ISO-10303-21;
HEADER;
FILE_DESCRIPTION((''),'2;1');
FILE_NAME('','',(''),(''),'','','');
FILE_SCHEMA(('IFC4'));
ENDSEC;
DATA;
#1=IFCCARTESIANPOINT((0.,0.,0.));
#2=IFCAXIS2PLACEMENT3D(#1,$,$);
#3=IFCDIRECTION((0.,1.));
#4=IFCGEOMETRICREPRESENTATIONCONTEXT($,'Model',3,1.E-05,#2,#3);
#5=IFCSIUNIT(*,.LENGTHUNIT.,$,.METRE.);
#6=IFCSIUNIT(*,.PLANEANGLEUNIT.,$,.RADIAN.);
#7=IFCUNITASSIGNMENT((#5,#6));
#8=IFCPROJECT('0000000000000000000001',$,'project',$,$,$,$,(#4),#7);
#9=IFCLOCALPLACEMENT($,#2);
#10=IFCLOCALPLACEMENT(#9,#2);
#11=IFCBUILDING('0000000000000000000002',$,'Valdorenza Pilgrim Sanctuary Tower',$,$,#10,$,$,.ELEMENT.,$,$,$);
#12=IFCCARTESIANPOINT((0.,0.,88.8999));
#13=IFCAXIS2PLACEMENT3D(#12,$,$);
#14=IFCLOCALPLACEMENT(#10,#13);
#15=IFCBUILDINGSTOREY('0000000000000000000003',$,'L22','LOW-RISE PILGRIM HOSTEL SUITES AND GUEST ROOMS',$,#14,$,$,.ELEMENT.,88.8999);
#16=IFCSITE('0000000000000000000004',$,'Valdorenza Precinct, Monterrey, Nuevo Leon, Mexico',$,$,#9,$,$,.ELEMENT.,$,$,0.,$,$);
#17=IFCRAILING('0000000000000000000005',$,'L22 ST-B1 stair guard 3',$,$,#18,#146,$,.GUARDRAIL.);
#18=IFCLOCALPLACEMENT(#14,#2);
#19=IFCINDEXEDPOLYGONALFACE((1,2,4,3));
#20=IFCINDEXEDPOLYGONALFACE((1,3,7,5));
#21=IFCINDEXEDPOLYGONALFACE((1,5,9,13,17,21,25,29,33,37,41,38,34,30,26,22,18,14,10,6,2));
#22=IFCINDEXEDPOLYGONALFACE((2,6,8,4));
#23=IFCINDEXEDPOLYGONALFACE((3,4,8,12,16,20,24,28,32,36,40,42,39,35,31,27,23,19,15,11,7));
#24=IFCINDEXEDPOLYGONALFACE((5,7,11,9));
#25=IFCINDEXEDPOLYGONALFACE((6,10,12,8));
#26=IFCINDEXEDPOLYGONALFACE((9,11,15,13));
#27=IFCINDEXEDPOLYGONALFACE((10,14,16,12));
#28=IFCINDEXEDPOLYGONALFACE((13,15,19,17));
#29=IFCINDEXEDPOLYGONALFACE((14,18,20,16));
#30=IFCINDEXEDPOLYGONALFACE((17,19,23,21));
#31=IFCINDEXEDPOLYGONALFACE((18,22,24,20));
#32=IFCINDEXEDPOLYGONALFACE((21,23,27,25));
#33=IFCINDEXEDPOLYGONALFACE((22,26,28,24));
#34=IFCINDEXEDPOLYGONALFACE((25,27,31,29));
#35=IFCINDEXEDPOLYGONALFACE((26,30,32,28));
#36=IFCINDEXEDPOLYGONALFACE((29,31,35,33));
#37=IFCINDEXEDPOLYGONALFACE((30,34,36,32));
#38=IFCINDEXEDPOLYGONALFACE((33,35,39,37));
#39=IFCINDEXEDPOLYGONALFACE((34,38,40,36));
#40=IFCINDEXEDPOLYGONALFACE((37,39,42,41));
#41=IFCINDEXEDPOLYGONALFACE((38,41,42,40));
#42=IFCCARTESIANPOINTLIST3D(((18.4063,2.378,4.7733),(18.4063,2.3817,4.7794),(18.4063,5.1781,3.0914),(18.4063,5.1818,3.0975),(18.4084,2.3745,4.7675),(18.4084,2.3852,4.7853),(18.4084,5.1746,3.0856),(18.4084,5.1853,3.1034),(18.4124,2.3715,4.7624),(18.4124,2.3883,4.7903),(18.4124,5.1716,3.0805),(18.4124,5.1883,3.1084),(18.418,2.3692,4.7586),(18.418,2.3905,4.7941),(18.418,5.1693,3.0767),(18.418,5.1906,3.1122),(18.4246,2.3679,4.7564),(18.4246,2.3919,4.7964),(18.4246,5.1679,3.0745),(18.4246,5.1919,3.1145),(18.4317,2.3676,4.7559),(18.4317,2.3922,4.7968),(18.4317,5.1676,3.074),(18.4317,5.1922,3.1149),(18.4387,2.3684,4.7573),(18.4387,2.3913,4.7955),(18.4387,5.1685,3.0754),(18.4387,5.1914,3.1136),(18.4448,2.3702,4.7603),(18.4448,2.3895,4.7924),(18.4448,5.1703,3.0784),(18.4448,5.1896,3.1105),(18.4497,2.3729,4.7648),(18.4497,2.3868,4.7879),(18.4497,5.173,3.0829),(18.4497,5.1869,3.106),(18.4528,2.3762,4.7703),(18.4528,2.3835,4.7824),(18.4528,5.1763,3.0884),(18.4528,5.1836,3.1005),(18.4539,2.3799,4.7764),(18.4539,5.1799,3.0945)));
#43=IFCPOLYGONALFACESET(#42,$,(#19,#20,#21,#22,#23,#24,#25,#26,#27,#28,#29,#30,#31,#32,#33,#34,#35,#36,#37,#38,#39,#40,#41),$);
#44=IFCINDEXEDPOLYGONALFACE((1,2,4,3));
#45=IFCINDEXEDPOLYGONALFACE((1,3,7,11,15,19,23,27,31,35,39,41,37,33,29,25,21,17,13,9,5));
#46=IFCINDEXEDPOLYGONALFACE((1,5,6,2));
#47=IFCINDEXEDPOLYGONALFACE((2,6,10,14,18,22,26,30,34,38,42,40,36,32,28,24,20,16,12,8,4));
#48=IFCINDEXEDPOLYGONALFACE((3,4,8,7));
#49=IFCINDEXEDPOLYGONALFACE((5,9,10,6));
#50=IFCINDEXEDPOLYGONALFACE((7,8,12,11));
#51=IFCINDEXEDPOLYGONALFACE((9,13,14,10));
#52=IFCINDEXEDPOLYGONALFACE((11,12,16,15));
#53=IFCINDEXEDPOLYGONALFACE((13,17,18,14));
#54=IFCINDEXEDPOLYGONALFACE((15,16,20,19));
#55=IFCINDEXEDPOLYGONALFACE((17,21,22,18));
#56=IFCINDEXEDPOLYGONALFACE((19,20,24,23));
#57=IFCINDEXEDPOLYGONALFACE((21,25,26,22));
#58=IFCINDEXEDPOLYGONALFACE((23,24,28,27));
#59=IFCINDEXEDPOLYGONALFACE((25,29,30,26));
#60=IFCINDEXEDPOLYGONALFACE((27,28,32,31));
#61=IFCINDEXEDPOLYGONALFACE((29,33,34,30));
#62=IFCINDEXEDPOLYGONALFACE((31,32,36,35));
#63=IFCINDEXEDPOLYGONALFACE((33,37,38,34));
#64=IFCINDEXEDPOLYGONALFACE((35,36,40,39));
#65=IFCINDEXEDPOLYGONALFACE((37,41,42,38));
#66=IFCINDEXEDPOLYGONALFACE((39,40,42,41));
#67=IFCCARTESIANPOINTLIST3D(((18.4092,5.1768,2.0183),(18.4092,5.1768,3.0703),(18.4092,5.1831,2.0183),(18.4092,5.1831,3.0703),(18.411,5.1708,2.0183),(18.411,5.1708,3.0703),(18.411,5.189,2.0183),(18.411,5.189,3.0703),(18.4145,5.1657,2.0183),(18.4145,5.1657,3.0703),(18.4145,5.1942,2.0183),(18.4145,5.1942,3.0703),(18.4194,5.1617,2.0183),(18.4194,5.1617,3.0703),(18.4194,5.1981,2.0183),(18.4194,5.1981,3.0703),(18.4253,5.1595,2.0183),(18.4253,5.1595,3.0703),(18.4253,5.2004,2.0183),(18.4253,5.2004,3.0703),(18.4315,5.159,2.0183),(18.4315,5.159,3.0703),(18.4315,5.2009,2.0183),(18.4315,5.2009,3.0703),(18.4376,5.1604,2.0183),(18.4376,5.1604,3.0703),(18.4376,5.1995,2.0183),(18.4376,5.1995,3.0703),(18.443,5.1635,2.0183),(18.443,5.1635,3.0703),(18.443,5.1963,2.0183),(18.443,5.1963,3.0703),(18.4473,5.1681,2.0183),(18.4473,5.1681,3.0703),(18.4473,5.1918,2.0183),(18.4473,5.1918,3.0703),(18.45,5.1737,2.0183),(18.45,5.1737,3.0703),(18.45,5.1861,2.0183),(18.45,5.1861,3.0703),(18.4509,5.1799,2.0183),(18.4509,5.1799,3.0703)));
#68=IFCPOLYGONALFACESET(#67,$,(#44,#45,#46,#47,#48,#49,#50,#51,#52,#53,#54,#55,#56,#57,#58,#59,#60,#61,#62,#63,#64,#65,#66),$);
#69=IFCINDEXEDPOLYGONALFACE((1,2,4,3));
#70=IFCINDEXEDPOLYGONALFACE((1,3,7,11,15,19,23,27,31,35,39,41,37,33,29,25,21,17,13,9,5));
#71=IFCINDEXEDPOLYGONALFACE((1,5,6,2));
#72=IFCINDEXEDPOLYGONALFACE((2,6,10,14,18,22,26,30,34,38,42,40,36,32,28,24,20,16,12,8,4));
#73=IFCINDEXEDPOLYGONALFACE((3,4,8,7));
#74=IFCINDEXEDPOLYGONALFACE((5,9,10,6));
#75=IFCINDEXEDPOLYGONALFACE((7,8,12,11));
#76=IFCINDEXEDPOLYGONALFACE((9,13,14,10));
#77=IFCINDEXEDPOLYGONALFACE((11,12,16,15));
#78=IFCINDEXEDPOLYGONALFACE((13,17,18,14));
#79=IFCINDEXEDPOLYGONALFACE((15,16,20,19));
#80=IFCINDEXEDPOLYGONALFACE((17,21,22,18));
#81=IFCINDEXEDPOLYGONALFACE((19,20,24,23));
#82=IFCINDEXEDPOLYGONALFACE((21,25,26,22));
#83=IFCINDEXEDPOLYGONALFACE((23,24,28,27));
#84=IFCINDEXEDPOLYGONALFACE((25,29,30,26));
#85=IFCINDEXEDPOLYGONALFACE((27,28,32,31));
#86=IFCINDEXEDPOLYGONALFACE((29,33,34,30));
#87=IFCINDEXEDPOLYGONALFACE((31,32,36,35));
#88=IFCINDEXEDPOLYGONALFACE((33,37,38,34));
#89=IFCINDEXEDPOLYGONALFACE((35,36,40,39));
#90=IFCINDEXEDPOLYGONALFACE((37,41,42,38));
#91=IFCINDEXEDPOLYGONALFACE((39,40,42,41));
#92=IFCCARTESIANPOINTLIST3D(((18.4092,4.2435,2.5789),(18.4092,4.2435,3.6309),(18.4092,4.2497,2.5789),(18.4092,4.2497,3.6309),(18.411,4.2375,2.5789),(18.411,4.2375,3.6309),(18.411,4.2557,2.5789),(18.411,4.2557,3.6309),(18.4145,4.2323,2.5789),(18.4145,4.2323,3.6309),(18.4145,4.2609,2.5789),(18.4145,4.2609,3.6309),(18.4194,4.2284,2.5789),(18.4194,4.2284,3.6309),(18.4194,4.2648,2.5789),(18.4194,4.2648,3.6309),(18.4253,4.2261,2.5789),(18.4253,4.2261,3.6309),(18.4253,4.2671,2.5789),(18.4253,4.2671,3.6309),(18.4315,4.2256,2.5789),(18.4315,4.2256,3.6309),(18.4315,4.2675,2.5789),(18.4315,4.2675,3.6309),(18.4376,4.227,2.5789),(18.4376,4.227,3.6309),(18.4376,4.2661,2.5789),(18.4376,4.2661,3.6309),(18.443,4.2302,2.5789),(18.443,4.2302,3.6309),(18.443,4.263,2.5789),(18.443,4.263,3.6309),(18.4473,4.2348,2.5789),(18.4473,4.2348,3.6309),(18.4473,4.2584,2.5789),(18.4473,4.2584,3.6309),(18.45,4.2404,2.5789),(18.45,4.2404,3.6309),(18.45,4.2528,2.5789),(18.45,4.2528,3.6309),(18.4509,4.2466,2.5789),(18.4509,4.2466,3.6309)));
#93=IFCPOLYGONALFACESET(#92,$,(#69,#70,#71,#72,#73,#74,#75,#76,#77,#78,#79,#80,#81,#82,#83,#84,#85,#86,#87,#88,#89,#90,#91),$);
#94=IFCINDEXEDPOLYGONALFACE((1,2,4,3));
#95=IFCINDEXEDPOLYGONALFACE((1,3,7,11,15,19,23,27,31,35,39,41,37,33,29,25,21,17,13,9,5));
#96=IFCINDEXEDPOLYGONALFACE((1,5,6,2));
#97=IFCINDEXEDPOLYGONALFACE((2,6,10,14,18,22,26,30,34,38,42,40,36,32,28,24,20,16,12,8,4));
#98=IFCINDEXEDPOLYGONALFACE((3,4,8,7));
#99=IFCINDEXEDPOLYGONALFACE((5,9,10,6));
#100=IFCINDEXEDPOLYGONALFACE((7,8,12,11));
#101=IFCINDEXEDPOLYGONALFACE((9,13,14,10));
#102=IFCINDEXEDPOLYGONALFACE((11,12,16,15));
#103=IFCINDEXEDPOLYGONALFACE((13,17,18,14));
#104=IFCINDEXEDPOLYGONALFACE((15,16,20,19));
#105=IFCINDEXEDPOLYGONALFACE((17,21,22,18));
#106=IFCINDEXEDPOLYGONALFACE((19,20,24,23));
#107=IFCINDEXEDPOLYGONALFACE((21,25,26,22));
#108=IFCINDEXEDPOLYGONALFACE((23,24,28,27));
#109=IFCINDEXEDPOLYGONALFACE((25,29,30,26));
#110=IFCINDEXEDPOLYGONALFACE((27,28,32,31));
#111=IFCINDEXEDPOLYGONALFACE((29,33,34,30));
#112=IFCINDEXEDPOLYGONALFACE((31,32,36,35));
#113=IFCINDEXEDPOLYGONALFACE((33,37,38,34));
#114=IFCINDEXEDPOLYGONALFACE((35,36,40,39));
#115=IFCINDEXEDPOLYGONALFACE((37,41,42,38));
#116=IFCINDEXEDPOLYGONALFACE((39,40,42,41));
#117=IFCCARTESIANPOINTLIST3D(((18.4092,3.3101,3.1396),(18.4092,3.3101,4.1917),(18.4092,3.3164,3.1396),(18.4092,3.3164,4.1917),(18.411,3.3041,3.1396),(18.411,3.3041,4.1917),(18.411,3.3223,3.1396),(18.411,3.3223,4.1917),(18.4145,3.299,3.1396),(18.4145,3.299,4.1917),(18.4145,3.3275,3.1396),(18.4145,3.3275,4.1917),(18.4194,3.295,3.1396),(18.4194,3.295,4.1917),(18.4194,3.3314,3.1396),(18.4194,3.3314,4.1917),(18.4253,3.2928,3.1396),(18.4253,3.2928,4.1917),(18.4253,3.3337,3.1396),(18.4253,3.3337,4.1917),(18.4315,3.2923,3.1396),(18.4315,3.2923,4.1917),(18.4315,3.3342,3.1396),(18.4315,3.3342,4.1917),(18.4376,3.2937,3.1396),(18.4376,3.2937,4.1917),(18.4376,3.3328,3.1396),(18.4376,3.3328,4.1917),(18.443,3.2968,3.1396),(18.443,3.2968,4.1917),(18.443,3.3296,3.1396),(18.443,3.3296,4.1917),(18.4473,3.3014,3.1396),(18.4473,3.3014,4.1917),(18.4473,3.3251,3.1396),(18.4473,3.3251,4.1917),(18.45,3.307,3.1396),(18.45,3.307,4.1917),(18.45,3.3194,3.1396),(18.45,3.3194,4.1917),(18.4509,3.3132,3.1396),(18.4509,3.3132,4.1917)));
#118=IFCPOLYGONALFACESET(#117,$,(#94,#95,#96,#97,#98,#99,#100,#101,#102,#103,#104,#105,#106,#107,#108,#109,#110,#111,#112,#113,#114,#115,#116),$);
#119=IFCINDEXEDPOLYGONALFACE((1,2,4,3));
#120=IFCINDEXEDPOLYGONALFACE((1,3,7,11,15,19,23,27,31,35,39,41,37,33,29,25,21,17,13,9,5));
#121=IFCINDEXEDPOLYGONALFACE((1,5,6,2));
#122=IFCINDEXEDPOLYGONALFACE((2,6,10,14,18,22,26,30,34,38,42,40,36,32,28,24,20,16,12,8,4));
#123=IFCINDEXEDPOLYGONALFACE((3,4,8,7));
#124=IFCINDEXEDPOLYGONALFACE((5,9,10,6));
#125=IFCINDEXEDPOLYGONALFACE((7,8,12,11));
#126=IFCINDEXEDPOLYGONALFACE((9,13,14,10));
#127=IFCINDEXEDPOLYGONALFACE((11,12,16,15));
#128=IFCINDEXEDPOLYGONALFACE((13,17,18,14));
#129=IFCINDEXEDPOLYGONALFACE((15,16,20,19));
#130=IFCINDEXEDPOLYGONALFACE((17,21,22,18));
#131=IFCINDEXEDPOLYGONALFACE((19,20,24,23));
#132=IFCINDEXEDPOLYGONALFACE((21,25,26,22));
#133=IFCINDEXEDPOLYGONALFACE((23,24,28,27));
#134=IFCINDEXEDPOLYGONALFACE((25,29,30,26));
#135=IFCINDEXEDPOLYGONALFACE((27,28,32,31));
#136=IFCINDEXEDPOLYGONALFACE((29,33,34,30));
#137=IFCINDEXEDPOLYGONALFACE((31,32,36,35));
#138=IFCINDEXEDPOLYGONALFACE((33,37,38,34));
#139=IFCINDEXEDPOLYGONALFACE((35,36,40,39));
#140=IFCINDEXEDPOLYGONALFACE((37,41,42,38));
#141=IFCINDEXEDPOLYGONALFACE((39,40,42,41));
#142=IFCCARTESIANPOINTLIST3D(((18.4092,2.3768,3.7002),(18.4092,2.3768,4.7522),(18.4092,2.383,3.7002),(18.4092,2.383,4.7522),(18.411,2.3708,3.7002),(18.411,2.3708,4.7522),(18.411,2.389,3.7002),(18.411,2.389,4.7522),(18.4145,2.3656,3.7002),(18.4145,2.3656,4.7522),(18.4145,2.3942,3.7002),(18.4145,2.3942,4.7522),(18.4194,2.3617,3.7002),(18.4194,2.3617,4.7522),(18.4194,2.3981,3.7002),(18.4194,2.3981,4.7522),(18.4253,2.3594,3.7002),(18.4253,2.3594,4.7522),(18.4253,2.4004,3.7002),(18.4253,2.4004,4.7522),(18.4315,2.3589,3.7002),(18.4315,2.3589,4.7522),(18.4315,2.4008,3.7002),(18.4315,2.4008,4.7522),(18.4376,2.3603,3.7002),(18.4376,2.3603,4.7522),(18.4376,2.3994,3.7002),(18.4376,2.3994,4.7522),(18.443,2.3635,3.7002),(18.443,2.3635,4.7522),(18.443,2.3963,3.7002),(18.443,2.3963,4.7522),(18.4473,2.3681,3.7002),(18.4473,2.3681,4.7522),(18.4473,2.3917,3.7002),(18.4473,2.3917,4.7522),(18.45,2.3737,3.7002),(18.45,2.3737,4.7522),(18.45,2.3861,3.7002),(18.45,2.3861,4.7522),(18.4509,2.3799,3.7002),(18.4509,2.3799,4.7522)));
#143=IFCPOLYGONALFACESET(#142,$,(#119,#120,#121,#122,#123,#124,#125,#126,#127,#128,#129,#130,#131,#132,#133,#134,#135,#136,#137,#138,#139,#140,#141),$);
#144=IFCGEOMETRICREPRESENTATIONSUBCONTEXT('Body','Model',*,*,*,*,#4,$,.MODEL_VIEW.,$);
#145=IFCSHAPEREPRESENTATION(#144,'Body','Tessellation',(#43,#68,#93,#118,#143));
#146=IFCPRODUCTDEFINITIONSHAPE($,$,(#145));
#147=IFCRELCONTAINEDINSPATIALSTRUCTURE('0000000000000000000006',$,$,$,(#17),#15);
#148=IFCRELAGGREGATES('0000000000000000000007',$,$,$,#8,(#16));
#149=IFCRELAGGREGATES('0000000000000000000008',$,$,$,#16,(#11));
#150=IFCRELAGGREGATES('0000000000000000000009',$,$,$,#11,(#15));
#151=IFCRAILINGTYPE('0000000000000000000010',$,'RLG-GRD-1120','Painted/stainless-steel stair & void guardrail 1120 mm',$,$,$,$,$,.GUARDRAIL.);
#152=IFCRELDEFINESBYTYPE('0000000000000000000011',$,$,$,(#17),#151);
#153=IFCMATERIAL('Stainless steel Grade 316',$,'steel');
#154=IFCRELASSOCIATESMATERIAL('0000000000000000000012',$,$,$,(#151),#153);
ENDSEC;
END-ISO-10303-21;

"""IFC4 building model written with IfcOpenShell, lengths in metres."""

from ifc_helpers import new_model, si_unit, direction, frame, origin, origin_2d, place, context, subcontext, project, spatial, circle, extrude, material, type_object, element, save


model = new_model("IFC4")

# Units and contexts
model_context = context("Model", 3, precision=1e-05, world=origin(), true_north=direction((0.0, 1.0)))
body_context = subcontext(model_context, "Body", "Model", "MODEL_VIEW")
ifc_project = project(units=[si_unit("LENGTHUNIT", "METRE"), si_unit("PLANEANGLEUNIT", "RADIAN")], contexts=[model_context])

# Site, building, storey
site_placement = place(None, origin())
site = spatial("IfcSite", under=ifc_project, at=site_placement, Name="Valdorenza Precinct, Monterrey, Nuevo Leon, Mexico", CompositionType="ELEMENT", RefElevation=0.0)
building_placement = place(site_placement, origin())
building = spatial("IfcBuilding", under=site, at=building_placement, Name="Valdorenza Pilgrim Sanctuary Tower", CompositionType="ELEMENT")
storey_placement = place(building_placement, frame((0.0, 0.0, 88.8999)))
storey = spatial("IfcBuildingStorey", under=building, at=storey_placement, Name="L22", Description="LOW-RISE PILGRIM HOSTEL SUITES AND GUEST ROOMS", CompositionType="ELEMENT", Elevation=88.8999)

# Railing
ifc_material_1 = material(Name="Stainless steel Grade 316", Category="steel")
railing_type_1 = type_object("IfcRailingType", Name="RLG-GRD-1120", Description="Painted/stainless-steel stair & void guardrail 1120 mm", PredefinedType="GUARDRAIL", material=ifc_material_1)
railing_1_placement = place(storey_placement, frame((18.4299, 5.1799, 2.0183)))
element("IfcRailing", 1, at=railing_1_placement, inside=storey, type_object=railing_type_1, Name="L22 ST-B1 stair guard 3", PredefinedType="GUARDRAIL", context=body_context, shape_type="SweptSolid", body=[
    extrude(circle(Radius=0.0239, at=origin_2d()), frame((0.0, 0.0, 1.0762), z_axis=(0.0, -0.857242, 0.514913), x_axis=(1.0, 0.0, 0.0)), (0.0, 0.0, 1.0), 3.2664),
    extrude(circle(Radius=0.021, at=origin_2d()), origin(), (0.0, 0.0, 1.0), 1.052),
    extrude(circle(Radius=0.021, at=origin_2d()), frame((0.0, -0.9333, 0.5605)), (0.0, 0.0, 1.0), 1.052),
    extrude(circle(Radius=0.021, at=origin_2d()), frame((0.0, -1.8667, 1.1213)), (0.0, 0.0, 1.0), 1.052),
    extrude(circle(Radius=0.021, at=origin_2d()), frame((0.0, -2.8, 1.6819)), (0.0, 0.0, 1.0), 1.052),
])

save(model, "model.ifc")
